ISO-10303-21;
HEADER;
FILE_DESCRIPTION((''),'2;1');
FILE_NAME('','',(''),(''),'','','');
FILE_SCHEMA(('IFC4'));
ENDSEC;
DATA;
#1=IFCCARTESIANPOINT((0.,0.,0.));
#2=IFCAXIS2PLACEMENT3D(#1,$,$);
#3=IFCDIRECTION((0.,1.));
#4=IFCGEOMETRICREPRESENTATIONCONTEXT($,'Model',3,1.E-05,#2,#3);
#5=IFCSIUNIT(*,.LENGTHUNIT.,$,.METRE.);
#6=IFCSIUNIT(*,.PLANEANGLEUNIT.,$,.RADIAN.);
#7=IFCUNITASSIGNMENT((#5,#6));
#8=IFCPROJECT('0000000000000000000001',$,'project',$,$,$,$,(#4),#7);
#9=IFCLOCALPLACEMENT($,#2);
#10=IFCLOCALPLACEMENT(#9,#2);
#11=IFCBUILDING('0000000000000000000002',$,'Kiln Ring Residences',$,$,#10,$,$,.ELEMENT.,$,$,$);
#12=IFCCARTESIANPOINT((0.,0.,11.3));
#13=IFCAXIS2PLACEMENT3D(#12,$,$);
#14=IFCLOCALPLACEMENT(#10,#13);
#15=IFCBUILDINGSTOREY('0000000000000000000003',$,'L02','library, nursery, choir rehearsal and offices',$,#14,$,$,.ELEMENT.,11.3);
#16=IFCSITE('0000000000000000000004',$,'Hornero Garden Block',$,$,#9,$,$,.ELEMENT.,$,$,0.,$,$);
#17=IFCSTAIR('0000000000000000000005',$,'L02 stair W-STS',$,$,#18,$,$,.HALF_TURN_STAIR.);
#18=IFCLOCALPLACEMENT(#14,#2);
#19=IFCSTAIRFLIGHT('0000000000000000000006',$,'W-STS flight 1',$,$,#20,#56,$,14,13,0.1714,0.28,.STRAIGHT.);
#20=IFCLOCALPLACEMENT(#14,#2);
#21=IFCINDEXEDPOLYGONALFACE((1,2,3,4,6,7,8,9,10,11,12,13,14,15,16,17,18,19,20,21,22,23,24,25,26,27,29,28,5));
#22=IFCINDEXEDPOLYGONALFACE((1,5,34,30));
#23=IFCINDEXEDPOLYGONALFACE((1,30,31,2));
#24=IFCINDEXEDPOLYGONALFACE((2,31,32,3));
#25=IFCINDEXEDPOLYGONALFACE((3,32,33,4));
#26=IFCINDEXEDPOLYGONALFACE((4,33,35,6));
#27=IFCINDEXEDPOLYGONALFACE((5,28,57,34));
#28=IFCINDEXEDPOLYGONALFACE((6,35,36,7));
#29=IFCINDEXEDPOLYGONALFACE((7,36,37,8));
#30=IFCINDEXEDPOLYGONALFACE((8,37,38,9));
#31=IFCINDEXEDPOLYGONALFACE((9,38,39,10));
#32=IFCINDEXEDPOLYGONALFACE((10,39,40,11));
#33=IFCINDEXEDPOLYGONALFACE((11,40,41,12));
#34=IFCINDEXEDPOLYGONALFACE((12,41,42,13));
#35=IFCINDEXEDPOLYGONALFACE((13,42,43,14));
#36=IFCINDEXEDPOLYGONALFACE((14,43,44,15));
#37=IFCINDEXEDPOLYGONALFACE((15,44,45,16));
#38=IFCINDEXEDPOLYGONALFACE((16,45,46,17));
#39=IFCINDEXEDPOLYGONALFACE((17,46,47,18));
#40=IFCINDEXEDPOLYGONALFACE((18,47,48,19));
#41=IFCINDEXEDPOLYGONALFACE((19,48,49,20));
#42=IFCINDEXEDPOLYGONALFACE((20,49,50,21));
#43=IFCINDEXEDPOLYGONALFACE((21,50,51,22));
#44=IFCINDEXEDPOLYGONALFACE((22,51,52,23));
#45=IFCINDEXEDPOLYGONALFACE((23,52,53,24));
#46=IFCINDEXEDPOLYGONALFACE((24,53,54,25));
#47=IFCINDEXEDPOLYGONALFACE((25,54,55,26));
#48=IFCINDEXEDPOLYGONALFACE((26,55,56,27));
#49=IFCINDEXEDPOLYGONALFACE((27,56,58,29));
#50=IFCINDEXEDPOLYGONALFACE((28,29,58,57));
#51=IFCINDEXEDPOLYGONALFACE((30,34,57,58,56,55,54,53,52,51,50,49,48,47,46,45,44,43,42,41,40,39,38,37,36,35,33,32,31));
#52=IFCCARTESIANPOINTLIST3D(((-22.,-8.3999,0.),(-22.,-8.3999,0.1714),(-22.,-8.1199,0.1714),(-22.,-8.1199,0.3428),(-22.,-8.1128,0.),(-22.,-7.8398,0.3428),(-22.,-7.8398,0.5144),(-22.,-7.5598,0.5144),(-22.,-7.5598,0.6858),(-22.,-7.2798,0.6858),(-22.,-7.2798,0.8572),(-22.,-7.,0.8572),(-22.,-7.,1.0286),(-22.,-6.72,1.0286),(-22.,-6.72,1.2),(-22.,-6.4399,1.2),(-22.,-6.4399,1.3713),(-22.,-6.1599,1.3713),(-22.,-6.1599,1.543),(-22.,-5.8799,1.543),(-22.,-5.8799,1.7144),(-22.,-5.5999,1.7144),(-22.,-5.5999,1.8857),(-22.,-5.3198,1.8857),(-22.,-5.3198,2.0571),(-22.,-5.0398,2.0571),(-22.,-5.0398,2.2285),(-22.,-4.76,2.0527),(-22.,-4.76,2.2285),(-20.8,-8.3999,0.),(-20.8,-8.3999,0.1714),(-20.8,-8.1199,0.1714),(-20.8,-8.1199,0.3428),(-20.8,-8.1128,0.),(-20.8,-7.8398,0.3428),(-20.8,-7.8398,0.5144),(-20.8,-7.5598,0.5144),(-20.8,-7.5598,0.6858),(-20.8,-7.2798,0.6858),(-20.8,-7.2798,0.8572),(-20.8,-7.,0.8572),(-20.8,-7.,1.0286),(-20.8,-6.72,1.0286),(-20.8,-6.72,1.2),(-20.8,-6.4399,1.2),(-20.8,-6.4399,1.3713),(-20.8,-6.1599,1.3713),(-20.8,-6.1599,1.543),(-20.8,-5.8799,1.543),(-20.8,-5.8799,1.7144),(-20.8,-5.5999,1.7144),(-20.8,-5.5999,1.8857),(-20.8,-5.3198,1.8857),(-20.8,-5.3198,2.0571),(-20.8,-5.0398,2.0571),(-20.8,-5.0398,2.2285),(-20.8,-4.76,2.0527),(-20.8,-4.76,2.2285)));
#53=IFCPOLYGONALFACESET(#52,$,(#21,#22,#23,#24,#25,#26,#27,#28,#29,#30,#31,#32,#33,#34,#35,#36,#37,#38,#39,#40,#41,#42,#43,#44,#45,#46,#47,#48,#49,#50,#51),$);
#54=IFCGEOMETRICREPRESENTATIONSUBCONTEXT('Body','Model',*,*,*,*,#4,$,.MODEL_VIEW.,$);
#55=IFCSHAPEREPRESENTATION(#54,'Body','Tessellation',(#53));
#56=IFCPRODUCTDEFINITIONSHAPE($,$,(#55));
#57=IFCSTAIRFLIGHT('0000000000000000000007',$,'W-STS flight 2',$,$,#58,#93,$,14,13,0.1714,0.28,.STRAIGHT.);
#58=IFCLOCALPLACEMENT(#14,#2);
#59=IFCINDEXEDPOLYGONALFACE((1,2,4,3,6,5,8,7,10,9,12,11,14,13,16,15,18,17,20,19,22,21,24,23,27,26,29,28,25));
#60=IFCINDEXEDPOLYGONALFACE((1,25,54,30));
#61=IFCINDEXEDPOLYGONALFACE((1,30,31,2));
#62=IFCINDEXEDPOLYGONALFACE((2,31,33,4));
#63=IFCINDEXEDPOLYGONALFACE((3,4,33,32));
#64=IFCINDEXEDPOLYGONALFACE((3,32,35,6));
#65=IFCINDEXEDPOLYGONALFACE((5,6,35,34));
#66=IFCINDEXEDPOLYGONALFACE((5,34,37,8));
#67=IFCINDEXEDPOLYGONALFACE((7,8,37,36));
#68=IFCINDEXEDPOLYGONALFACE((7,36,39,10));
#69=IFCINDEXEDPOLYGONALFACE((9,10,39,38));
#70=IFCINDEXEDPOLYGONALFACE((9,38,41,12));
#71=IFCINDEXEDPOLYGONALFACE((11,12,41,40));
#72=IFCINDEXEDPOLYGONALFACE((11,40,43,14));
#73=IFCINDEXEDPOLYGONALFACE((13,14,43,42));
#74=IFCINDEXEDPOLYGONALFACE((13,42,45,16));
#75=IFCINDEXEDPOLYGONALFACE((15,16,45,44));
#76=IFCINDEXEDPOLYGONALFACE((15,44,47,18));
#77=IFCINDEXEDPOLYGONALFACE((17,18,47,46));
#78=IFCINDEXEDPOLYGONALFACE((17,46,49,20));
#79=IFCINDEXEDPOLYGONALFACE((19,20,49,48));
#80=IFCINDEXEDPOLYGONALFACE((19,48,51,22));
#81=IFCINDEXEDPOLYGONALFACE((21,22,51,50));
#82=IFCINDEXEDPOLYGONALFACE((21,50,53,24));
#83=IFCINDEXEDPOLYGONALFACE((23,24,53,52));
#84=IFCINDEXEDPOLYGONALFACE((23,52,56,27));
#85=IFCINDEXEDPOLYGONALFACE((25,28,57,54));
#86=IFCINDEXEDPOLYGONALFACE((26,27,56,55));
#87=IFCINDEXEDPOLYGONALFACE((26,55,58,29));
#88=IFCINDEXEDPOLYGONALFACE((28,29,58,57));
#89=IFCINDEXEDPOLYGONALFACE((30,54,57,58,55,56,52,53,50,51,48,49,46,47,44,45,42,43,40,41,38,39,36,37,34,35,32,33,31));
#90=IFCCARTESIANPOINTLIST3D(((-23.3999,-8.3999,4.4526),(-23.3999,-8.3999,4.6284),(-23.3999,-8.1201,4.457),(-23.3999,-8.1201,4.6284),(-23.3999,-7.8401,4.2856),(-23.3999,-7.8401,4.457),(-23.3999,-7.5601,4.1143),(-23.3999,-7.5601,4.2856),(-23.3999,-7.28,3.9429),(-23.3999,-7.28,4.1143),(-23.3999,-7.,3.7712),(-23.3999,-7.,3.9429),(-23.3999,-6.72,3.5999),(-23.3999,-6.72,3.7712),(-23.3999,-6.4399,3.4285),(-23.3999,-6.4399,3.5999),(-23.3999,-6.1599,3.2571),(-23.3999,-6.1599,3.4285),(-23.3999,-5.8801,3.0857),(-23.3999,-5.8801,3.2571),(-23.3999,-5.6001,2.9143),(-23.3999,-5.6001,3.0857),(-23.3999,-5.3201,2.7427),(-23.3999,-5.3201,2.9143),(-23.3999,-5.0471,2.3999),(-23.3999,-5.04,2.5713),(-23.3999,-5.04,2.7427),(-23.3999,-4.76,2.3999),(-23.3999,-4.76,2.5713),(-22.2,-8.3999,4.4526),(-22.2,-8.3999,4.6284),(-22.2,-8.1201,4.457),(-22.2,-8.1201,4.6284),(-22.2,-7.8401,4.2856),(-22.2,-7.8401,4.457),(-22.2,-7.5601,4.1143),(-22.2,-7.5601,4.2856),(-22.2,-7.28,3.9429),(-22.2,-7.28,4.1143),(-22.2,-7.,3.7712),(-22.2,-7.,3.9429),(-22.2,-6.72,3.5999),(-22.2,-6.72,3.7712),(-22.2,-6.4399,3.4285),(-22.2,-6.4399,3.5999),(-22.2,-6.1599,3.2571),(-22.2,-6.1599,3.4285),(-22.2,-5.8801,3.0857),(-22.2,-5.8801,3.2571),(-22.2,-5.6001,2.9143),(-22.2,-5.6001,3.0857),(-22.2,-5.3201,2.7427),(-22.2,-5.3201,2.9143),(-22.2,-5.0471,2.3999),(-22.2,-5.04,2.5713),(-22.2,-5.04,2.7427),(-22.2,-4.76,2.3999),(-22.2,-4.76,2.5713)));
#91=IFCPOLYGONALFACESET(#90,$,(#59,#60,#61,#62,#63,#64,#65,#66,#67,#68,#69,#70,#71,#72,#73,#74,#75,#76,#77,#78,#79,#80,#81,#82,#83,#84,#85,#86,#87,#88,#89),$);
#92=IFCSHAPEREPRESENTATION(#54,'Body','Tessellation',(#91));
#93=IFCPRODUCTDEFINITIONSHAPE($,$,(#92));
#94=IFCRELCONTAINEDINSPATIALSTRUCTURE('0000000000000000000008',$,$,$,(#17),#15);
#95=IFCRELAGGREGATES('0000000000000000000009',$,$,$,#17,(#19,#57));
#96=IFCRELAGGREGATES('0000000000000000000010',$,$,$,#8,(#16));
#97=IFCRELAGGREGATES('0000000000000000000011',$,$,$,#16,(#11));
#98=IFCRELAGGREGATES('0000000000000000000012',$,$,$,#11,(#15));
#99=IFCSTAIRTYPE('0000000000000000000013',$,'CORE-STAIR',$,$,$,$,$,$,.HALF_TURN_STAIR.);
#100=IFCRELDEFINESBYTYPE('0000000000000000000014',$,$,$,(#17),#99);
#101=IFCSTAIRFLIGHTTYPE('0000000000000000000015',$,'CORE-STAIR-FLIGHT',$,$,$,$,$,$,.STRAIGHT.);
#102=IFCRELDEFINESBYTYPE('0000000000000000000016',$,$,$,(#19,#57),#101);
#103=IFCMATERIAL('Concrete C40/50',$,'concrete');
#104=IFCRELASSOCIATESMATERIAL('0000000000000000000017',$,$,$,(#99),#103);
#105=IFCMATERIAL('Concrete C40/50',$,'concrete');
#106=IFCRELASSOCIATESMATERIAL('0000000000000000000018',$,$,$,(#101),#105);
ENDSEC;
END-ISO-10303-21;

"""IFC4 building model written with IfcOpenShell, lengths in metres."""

from ifc_helpers import new_model, si_unit, direction, frame, origin, place, context, subcontext, project, spatial, polyline, outline, extrude, material, type_object, element, aggregate, save


model = new_model("IFC4")

# Units and contexts
model_context = context("Model", 3, precision=1e-05, world=origin(), true_north=direction((0.0, 1.0)))
body_context = subcontext(model_context, "Body", "Model", "MODEL_VIEW")
ifc_project = project(units=[si_unit("LENGTHUNIT", "METRE"), si_unit("PLANEANGLEUNIT", "RADIAN")], contexts=[model_context])

# Site, building, storey
site_placement = place(None, origin())
site = spatial("IfcSite", under=ifc_project, at=site_placement, Name="Hornero Garden Block", CompositionType="ELEMENT", RefElevation=0.0)
building_placement = place(site_placement, origin())
building = spatial("IfcBuilding", under=site, at=building_placement, Name="Kiln Ring Residences", CompositionType="ELEMENT")
storey_placement = place(building_placement, frame((0.0, 0.0, 11.3)))
storey = spatial("IfcBuildingStorey", under=building, at=storey_placement, Name="L02", Description="library, nursery, choir rehearsal and offices", CompositionType="ELEMENT", Elevation=11.3)

# Stair, stair flights
ifc_material_1 = material(Name="Concrete C40/50", Category="concrete")
stair_type = type_object("IfcStairType", Name="CORE-STAIR", PredefinedType="HALF_TURN_STAIR", material=ifc_material_1)
stair_placement = place(storey_placement, origin())
stair = element("IfcStair", 1, at=stair_placement, inside=storey, type_object=stair_type, Name="L02 stair W-STS", PredefinedType="HALF_TURN_STAIR")
ifc_material_2 = material(Name="Concrete C40/50", Category="concrete")
stair_flight_type = type_object("IfcStairFlightType", Name="CORE-STAIR-FLIGHT", PredefinedType="STRAIGHT", material=ifc_material_2)
stair_flight_1_placement = place(storey_placement, frame((-21.3999, -8.3999, 0.0), z_axis=(0.0, 0.0, 1.0), x_axis=(0.0, 1.0, 0.0)))
stair_flight_1 = element("IfcStairFlight", 2, at=stair_flight_1_placement, type_object=stair_flight_type, Name="W-STS flight 1", NumberOfRisers=14, NumberOfTreads=13, PredefinedType="STRAIGHT", RiserHeight=0.1714, TreadLength=0.28, context=body_context, shape_type="SweptSolid", body=[
    extrude(outline(polyline([(0.0, 0.0), (0.0, 0.1714), (0.28, 0.1714), (0.28, 0.3428), (0.5601, 0.3428), (0.5601, 0.5144), (0.8401, 0.5144), (0.8401, 0.6858), (1.1201, 0.6858), (1.1201, 0.8572), (1.3999, 0.8572), (1.3999, 1.0286), (1.6799, 1.0286), (1.6799, 1.2), (1.96, 1.2), (1.96, 1.3713), (2.24, 1.3713), (2.24, 1.543), (2.52, 1.543), (2.52, 1.7144), (2.8, 1.7144), (2.8, 1.8857), (3.0801, 1.8857), (3.0801, 2.0571), (3.3601, 2.0571), (3.3601, 2.2285), (3.6399, 2.2285), (3.6399, 2.3999), (3.6399, 2.0527), (0.2871, 0.0), (0.0, 0.0)])), frame((0.0, 0.6001, 0.0), z_axis=(0.0, -1.0, 0.0), x_axis=(1.0, 0.0, 0.0)), (0.0, 0.0, 1.0), 1.2),
])
stair_flight_2_placement = place(storey_placement, frame((-22.8, -4.76, 2.3999), z_axis=(0.0, 0.0, 1.0), x_axis=(0.0, -1.0, 0.0)))
stair_flight_2 = element("IfcStairFlight", 3, at=stair_flight_2_placement, type_object=stair_flight_type, Name="W-STS flight 2", NumberOfRisers=14, NumberOfTreads=13, PredefinedType="STRAIGHT", RiserHeight=0.1714, TreadLength=0.28, context=body_context, shape_type="SweptSolid", body=[
    extrude(outline(polyline([(0.0, 0.0), (0.0, 0.1714), (0.28, 0.1714), (0.28, 0.3428), (0.5601, 0.3428), (0.5601, 0.5144), (0.8401, 0.5144), (0.8401, 0.6858), (1.1201, 0.6858), (1.1201, 0.8572), (1.3999, 0.8572), (1.3999, 1.0286), (1.6799, 1.0286), (1.6799, 1.2), (1.96, 1.2), (1.96, 1.3713), (2.24, 1.3713), (2.24, 1.543), (2.52, 1.543), (2.52, 1.7144), (2.8, 1.7144), (2.8, 1.8857), (3.0801, 1.8857), (3.0801, 2.0571), (3.3601, 2.0571), (3.3601, 2.2285), (3.6399, 2.2285), (3.6399, 2.3999), (3.6399, 2.0527), (0.2871, 0.0), (0.0, 0.0)])), frame((0.0, 0.6001, 0.0), z_axis=(0.0, -1.0, 0.0), x_axis=(1.0, 0.0, 0.0)), (0.0, 0.0, 1.0), 1.2),
])
aggregate(stair, [stair_flight_1, stair_flight_2])

save(model, "model.ifc")
